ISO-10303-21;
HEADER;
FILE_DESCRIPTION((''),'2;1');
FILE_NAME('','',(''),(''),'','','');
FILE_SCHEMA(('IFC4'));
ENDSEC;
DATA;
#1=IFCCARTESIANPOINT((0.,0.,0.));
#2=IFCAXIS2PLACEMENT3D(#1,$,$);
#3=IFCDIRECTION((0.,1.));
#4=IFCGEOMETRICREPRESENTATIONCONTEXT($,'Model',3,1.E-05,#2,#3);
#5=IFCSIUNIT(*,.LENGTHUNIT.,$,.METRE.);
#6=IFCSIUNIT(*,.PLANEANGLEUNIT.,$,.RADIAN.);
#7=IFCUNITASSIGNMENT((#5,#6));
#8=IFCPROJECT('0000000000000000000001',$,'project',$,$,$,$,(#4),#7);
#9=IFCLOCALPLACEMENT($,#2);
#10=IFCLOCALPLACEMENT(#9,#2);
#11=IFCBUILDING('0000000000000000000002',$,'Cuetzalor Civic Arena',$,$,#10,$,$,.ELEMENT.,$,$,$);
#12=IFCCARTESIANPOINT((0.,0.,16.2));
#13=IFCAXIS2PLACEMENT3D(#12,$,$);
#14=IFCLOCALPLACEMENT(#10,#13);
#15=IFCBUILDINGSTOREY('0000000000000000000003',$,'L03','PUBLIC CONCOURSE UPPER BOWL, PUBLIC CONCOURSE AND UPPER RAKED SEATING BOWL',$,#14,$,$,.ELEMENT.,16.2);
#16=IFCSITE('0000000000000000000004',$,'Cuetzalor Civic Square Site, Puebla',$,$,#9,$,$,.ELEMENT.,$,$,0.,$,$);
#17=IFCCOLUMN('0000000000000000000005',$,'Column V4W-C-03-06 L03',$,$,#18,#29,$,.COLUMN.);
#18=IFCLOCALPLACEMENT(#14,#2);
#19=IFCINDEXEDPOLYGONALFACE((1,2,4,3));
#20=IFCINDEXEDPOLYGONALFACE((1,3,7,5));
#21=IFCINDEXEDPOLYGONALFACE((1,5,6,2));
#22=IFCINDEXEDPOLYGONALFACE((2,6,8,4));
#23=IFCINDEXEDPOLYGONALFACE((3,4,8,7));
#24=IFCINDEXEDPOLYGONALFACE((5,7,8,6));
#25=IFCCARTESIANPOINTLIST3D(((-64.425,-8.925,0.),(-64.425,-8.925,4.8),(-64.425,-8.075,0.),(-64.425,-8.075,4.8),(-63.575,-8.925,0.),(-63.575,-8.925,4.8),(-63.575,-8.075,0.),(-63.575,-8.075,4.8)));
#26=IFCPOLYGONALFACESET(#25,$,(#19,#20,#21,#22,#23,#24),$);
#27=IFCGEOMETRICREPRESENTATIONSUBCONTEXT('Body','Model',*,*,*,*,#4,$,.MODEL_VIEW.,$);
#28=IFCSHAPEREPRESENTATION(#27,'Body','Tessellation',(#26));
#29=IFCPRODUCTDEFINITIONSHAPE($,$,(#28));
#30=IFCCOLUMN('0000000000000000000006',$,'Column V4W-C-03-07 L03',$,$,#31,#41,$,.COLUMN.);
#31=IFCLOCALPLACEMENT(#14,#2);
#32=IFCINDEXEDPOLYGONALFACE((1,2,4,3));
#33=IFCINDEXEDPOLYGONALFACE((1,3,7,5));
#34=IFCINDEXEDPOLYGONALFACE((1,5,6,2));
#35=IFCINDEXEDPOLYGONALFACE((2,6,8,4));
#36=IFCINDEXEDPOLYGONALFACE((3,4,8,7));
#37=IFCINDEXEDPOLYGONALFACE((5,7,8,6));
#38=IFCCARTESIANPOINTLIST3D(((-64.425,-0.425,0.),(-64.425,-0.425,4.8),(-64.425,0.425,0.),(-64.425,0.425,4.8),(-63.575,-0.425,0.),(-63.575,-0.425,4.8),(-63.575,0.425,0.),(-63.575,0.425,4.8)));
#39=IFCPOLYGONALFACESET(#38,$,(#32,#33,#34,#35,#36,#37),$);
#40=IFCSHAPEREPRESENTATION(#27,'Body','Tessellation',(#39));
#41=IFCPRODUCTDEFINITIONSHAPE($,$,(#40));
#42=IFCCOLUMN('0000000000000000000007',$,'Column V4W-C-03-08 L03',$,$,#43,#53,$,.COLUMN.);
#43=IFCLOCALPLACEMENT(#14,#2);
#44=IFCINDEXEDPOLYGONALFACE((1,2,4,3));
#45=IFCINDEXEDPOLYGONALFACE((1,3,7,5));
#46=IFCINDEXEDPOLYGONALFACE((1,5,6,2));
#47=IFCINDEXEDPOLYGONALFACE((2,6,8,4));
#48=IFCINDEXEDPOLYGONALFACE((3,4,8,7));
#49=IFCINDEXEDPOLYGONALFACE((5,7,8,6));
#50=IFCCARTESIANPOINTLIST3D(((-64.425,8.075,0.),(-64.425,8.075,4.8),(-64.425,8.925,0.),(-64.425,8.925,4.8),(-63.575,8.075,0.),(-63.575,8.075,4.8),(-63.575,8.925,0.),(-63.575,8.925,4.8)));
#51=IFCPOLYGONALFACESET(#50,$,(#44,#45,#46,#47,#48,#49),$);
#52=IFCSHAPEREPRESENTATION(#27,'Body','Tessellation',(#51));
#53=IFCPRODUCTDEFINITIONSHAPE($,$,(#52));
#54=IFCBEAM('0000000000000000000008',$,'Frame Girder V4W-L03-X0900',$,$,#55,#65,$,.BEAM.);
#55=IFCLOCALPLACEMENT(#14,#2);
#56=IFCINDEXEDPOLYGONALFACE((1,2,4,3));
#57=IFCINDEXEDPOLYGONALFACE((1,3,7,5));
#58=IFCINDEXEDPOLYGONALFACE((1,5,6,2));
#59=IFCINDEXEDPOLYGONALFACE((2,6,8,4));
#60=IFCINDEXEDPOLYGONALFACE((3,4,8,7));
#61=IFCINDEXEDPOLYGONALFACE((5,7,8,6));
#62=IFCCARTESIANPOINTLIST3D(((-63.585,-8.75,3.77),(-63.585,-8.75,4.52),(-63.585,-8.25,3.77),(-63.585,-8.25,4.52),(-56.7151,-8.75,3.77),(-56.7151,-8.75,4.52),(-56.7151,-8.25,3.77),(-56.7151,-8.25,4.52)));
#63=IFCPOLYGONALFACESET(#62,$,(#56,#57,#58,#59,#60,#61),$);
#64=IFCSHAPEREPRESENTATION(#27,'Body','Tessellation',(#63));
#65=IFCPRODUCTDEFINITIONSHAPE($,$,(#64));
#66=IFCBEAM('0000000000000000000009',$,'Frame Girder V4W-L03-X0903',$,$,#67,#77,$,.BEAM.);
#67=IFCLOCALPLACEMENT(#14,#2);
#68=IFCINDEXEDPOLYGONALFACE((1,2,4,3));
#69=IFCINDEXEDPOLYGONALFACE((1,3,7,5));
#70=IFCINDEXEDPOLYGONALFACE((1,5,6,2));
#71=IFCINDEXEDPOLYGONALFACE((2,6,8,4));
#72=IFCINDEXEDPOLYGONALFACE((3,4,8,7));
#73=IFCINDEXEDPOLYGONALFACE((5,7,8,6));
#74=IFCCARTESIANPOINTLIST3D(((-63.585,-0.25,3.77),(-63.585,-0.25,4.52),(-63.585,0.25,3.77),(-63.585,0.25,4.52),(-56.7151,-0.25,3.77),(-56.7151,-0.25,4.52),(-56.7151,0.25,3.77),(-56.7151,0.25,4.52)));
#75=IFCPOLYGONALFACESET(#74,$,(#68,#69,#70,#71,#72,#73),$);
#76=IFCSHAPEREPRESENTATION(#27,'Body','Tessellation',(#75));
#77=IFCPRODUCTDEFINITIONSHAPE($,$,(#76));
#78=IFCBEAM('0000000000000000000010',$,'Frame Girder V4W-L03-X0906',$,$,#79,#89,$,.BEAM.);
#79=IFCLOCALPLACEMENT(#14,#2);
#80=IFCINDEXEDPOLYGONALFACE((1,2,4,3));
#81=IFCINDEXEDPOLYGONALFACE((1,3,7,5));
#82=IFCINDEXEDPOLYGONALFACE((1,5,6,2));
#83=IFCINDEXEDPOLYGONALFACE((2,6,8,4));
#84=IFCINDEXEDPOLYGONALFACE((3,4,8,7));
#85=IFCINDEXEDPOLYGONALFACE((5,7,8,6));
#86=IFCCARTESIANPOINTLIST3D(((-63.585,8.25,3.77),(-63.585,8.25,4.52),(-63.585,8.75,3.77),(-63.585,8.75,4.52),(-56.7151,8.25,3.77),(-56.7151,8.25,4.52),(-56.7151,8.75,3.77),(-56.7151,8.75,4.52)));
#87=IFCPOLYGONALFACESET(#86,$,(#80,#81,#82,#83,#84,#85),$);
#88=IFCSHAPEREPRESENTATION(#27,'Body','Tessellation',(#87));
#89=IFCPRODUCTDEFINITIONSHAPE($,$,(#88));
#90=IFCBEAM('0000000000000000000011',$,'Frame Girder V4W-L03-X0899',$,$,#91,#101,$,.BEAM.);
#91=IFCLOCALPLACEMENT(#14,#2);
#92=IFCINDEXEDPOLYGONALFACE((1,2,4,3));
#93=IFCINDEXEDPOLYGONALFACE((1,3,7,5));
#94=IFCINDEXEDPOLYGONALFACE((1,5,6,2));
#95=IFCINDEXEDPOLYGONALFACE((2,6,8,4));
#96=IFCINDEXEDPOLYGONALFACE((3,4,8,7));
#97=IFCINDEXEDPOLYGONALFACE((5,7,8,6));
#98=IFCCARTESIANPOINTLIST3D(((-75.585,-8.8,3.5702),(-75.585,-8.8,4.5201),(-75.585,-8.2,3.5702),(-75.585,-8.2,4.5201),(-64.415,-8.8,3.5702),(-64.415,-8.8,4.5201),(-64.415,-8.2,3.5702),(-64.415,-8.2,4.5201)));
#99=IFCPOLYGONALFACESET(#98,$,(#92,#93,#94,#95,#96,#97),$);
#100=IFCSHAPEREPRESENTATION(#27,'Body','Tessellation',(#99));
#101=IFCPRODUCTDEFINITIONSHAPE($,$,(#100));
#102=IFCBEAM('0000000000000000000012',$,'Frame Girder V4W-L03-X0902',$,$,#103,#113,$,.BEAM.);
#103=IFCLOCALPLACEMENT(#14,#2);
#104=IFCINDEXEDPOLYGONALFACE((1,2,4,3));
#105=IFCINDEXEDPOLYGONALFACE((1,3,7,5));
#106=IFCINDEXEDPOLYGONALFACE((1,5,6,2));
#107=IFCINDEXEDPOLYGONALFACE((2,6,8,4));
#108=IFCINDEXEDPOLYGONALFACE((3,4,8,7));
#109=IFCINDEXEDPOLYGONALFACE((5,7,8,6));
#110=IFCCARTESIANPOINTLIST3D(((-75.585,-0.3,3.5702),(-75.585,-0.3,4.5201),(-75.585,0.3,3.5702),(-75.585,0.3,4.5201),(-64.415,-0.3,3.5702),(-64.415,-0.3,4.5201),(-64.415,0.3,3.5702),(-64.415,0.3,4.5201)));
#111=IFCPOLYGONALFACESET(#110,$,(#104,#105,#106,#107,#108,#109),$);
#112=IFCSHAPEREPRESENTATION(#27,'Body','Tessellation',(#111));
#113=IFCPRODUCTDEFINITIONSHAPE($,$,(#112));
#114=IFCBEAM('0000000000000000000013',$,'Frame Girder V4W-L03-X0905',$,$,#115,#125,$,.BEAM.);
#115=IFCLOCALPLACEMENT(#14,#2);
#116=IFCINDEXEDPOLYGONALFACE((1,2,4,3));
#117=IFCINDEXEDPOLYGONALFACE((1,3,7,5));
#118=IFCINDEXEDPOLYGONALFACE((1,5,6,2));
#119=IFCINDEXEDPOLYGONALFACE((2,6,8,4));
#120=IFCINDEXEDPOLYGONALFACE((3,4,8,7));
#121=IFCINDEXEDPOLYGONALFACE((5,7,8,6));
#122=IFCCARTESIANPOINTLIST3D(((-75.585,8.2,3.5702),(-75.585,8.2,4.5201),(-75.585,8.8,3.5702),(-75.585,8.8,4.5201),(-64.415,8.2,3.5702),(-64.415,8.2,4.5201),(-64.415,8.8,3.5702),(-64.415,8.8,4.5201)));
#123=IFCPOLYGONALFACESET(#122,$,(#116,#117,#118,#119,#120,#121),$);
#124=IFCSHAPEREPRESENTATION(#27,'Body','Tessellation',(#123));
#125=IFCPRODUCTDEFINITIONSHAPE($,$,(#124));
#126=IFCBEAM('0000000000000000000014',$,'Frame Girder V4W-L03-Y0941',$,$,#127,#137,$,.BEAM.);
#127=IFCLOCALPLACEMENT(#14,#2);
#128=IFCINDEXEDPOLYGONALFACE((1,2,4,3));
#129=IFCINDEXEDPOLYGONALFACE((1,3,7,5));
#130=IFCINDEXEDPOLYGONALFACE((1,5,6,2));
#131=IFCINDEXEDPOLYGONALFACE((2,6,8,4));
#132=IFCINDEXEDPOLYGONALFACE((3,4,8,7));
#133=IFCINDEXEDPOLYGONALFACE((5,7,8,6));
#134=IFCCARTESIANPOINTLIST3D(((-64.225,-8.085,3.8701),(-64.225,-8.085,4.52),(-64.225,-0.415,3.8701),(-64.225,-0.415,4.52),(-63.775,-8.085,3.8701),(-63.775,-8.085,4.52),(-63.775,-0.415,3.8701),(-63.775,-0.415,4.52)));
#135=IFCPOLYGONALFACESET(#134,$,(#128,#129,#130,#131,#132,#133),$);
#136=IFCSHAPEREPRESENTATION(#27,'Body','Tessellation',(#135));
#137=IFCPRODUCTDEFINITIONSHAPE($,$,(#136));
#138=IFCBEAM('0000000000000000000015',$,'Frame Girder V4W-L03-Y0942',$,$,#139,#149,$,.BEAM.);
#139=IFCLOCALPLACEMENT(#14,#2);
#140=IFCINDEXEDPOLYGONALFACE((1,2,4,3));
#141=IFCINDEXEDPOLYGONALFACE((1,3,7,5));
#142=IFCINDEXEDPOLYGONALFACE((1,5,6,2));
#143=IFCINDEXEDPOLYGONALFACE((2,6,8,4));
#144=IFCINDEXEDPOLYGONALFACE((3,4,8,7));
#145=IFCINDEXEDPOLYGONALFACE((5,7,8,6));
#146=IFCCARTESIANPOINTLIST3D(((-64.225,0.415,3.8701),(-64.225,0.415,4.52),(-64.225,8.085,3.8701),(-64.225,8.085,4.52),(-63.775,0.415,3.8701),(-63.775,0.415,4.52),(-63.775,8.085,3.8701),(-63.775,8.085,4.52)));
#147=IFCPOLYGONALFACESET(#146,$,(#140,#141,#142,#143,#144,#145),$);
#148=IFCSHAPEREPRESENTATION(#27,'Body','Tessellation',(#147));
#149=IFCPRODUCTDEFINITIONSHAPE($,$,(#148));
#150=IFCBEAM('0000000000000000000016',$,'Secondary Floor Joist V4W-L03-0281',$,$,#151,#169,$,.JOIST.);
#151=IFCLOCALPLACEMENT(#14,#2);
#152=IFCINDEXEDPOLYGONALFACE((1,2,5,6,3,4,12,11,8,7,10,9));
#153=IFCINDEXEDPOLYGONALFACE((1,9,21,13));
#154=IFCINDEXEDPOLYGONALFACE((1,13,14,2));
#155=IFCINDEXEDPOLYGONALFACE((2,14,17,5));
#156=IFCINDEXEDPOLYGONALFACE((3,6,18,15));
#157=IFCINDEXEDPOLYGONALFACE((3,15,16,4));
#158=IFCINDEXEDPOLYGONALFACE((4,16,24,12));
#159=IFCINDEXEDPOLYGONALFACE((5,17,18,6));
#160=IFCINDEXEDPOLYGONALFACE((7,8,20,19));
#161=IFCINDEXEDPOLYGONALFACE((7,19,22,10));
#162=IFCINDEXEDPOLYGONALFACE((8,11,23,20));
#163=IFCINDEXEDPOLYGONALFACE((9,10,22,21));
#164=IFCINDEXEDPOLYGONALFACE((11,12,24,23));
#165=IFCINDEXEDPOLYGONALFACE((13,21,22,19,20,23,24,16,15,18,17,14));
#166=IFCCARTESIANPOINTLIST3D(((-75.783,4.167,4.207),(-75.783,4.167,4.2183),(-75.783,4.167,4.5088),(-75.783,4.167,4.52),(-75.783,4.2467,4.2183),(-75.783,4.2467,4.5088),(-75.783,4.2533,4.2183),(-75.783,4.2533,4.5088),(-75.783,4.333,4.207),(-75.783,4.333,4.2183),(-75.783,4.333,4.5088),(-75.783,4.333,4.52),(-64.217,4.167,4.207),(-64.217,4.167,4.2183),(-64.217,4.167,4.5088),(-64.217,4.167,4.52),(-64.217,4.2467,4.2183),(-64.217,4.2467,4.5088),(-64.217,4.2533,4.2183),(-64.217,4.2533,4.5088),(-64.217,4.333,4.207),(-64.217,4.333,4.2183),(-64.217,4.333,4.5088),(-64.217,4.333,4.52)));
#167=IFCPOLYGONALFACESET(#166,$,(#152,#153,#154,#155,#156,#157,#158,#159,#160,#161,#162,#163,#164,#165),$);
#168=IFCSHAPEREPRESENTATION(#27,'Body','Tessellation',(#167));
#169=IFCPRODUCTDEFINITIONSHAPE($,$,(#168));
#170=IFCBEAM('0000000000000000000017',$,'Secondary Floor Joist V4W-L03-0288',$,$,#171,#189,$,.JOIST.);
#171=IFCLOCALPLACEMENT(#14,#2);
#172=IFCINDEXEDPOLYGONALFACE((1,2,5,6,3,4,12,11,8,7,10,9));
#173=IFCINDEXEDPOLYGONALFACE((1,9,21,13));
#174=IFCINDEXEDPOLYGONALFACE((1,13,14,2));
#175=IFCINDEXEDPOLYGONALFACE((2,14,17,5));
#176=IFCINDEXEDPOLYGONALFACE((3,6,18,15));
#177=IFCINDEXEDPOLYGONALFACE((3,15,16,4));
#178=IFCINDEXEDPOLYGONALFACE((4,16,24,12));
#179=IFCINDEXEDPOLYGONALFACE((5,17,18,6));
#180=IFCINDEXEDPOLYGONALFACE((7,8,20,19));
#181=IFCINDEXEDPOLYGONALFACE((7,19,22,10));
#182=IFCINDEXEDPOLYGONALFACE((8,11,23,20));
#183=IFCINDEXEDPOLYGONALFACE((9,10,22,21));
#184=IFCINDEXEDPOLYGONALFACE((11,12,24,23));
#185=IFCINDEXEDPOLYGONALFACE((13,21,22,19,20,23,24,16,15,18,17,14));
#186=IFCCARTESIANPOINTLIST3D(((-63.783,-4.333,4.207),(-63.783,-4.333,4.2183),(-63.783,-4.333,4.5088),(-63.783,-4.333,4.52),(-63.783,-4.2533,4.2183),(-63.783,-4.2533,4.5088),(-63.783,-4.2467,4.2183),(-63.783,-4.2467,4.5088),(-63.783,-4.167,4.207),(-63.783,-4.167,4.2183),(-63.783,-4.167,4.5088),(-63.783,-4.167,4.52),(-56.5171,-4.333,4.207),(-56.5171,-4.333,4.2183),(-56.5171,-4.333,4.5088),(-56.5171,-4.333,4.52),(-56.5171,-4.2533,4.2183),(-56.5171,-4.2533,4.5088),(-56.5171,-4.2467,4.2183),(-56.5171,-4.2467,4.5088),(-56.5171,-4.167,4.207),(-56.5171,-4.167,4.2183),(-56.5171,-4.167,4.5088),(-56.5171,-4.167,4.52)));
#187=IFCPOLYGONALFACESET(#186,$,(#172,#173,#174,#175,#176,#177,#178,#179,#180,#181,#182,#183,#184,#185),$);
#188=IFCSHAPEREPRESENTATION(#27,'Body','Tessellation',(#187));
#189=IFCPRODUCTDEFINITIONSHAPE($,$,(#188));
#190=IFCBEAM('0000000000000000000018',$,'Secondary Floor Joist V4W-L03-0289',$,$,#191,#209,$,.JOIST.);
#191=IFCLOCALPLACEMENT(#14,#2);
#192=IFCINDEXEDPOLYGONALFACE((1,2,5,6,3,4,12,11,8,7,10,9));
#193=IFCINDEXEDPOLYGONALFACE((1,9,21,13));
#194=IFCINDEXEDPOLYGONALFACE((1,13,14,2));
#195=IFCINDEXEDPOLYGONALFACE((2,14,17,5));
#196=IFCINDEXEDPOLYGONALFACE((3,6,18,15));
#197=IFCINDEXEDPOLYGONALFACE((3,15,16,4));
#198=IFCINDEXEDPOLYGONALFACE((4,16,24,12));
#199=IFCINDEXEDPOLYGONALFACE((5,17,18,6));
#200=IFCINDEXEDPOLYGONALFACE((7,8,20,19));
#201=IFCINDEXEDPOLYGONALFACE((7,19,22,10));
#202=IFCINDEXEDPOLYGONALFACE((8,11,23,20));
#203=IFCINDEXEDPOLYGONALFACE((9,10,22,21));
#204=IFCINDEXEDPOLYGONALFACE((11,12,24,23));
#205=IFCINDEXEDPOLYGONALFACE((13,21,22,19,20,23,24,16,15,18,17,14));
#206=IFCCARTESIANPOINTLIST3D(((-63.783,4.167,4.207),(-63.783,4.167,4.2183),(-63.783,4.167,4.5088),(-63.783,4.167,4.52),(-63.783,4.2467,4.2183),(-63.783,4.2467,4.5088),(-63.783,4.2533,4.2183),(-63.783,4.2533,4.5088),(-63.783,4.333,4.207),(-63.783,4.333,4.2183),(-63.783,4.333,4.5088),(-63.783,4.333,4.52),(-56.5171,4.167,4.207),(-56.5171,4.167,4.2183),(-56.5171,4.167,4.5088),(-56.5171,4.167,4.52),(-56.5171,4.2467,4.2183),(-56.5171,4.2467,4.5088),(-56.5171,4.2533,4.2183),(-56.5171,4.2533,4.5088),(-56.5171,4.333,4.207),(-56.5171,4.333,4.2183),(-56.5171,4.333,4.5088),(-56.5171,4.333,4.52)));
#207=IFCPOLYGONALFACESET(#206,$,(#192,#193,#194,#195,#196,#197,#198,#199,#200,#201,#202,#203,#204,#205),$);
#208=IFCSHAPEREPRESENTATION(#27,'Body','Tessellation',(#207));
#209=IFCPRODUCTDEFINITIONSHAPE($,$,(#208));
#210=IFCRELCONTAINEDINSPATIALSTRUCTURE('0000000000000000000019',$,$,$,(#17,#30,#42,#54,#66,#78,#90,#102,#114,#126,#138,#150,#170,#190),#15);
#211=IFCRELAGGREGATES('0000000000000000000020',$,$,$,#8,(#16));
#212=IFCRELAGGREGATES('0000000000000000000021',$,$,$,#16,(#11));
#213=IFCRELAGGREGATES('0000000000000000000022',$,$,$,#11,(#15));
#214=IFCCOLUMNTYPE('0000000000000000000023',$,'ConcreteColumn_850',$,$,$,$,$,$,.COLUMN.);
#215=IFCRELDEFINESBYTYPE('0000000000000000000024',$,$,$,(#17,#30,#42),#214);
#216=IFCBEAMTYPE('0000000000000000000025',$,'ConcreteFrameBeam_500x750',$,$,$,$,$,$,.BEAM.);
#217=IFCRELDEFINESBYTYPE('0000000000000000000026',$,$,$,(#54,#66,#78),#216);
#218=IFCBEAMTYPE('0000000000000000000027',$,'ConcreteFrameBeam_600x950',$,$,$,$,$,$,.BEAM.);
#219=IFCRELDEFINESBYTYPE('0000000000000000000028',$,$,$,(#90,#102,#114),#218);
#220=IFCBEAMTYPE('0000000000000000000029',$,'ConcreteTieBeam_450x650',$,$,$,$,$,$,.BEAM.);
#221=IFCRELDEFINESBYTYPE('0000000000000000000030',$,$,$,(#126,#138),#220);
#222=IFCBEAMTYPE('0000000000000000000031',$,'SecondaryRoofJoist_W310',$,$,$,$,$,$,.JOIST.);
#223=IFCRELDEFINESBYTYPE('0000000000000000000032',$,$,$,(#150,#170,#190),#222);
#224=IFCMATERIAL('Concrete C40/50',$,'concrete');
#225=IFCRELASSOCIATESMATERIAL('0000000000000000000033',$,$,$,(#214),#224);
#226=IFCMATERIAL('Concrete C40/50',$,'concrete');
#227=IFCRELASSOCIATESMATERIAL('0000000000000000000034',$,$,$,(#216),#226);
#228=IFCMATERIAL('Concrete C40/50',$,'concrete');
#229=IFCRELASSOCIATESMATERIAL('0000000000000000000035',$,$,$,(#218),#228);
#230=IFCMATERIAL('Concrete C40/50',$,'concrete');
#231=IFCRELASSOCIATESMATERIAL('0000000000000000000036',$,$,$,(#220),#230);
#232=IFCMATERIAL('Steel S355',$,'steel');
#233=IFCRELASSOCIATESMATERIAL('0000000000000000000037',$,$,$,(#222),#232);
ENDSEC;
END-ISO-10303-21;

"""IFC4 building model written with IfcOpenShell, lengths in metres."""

from ifc_helpers import new_model, si_unit, direction, frame, origin, origin_2d, place, context, subcontext, project, spatial, rectangle, i_section, extrude, material, material_profile, profile_set, type_object, element, save


model = new_model("IFC4")

# Units and contexts
model_context = context("Model", 3, precision=1e-05, world=origin(), true_north=direction((0.0, 1.0)))
body_context = subcontext(model_context, "Body", "Model", "MODEL_VIEW")
ifc_project = project(units=[si_unit("LENGTHUNIT", "METRE"), si_unit("PLANEANGLEUNIT", "RADIAN")], contexts=[model_context])

# Site, building, storey
site_placement = place(None, origin())
site = spatial("IfcSite", under=ifc_project, at=site_placement, Name="Cuetzalor Civic Square Site, Puebla", CompositionType="ELEMENT", RefElevation=0.0)
building_placement = place(site_placement, origin())
building = spatial("IfcBuilding", under=site, at=building_placement, Name="Cuetzalor Civic Arena", CompositionType="ELEMENT")
storey_placement = place(building_placement, frame((0.0, 0.0, 16.2)))
storey = spatial("IfcBuildingStorey", under=building, at=storey_placement, Name="L03", Description="PUBLIC CONCOURSE UPPER BOWL, PUBLIC CONCOURSE AND UPPER RAKED SEATING BOWL", CompositionType="ELEMENT", Elevation=16.2)

# Columns
ifc_material_1 = material(Name="Concrete C40/50", Category="concrete")
ifc_material_profile_1 = material_profile(ifc_material_1, rectangle(XDim=0.8501, YDim=0.8501, at=origin_2d()), Name="RC 850x850")
ifc_profile_set_1 = profile_set([ifc_material_profile_1], Name="Concrete C40/50")
column_type = type_object("IfcColumnType", Name="ConcreteColumn_850", PredefinedType="COLUMN", material=ifc_profile_set_1)
for number, where, z_axis, x_axis, name in (
    (1, (-64.0, -8.5, 0.0), (0.0, 0.0, 1.0), (1.0, 0.0, 0.0), "Column V4W-C-03-06 L03"),
    (2, (-64.0, 0.0, 0.0), (0.0, 0.0, 1.0), (1.0, 0.0, 0.0), "Column V4W-C-03-07 L03"),
    (3, (-64.0, 8.5, 0.0), (0.0, 0.0, 1.0), (1.0, 0.0, 0.0), "Column V4W-C-03-08 L03"),
):
    element("IfcColumn", number, at=place(storey_placement, frame(where, z_axis=z_axis, x_axis=x_axis)), inside=storey, type_object=column_type, Name=name, PredefinedType="COLUMN", context=body_context, shape_type="SweptSolid", body=[
        extrude(rectangle(XDim=0.8501, YDim=0.8501, at=origin_2d()), origin(), (0.0, 0.0, 1.0), 4.8),
    ])

# Beams
ifc_material_2 = material(Name="Concrete C40/50", Category="concrete")
ifc_material_profile_2 = material_profile(ifc_material_2, rectangle(XDim=0.5, YDim=0.75, at=origin_2d()), Name="RC 500x750")
ifc_profile_set_2 = profile_set([ifc_material_profile_2], Name="Concrete C40/50")
beam_type_1 = type_object("IfcBeamType", Name="ConcreteFrameBeam_500x750", PredefinedType="BEAM", material=ifc_profile_set_2)
for number, where, z_axis, x_axis, name in (
    (4, (-63.585, -8.5, 4.145), (1.0, 0.0, 0.0), (0.0, 1.0, 0.0), "Frame Girder V4W-L03-X0900"),
    (5, (-63.585, 0.0, 4.145), (1.0, 0.0, 0.0), (0.0, 1.0, 0.0), "Frame Girder V4W-L03-X0903"),
    (6, (-63.585, 8.5, 4.145), (1.0, 0.0, 0.0), (0.0, 1.0, 0.0), "Frame Girder V4W-L03-X0906"),
):
    element("IfcBeam", number, at=place(storey_placement, frame(where, z_axis=z_axis, x_axis=x_axis)), inside=storey, type_object=beam_type_1, Name=name, PredefinedType="BEAM", context=body_context, shape_type="SweptSolid", body=[
        extrude(rectangle(XDim=0.5, YDim=0.75, at=origin_2d()), origin(), (0.0, 0.0, 1.0), 6.8699),
    ])
ifc_material_3 = material(Name="Concrete C40/50", Category="concrete")
ifc_material_profile_3 = material_profile(ifc_material_3, rectangle(XDim=0.6001, YDim=0.95, at=origin_2d()), Name="RC 600x950")
ifc_profile_set_3 = profile_set([ifc_material_profile_3], Name="Concrete C40/50")
beam_type_2 = type_object("IfcBeamType", Name="ConcreteFrameBeam_600x950", PredefinedType="BEAM", material=ifc_profile_set_3)
for number, where, z_axis, x_axis, name in (
    (7, (-75.585, -8.5, 4.0452), (1.0, 0.0, 0.0), (0.0, 1.0, 0.0), "Frame Girder V4W-L03-X0899"),
    (8, (-75.585, 0.0, 4.0452), (1.0, 0.0, 0.0), (0.0, 1.0, 0.0), "Frame Girder V4W-L03-X0902"),
    (9, (-75.585, 8.5, 4.0452), (1.0, 0.0, 0.0), (0.0, 1.0, 0.0), "Frame Girder V4W-L03-X0905"),
):
    element("IfcBeam", number, at=place(storey_placement, frame(where, z_axis=z_axis, x_axis=x_axis)), inside=storey, type_object=beam_type_2, Name=name, PredefinedType="BEAM", context=body_context, shape_type="SweptSolid", body=[
        extrude(rectangle(XDim=0.6001, YDim=0.95, at=origin_2d()), origin(), (0.0, 0.0, 1.0), 11.1699),
    ])
ifc_material_4 = material(Name="Concrete C40/50", Category="concrete")
ifc_material_profile_4 = material_profile(ifc_material_4, rectangle(XDim=0.45, YDim=0.6499, at=origin_2d()), Name="RC 450x650")
ifc_profile_set_4 = profile_set([ifc_material_profile_4], Name="Concrete C40/50")
beam_type_3 = type_object("IfcBeamType", Name="ConcreteTieBeam_450x650", PredefinedType="BEAM", material=ifc_profile_set_4)
for number, where, z_axis, x_axis, name in (
    (10, (-64.0, -8.085, 4.1951), (0.0, 1.0, 0.0), (-1.0, 0.0, 0.0), "Frame Girder V4W-L03-Y0941"),
    (11, (-64.0, 0.415, 4.1951), (0.0, 1.0, 0.0), (-1.0, 0.0, 0.0), "Frame Girder V4W-L03-Y0942"),
):
    element("IfcBeam", number, at=place(storey_placement, frame(where, z_axis=z_axis, x_axis=x_axis)), inside=storey, type_object=beam_type_3, Name=name, PredefinedType="BEAM", context=body_context, shape_type="SweptSolid", body=[
        extrude(rectangle(XDim=0.45, YDim=0.6499, at=origin_2d()), origin(), (0.0, 0.0, 1.0), 7.6699),
    ])
ifc_material_5 = material(Name="Steel S355", Category="steel")
ifc_material_profile_5 = material_profile(ifc_material_5, i_section(OverallWidth=0.166, OverallDepth=0.313, WebThickness=0.0066, FlangeThickness=0.0112, at=origin_2d()), Name="W310x45")
ifc_profile_set_5 = profile_set([ifc_material_profile_5], Name="Steel S355")
beam_type_4 = type_object("IfcBeamType", Name="SecondaryRoofJoist_W310", PredefinedType="JOIST", material=ifc_profile_set_5)
beam_placement = place(storey_placement, frame((-75.783, 4.25, 4.3635), z_axis=(1.0, 0.0, 0.0), x_axis=(0.0, 1.0, 0.0)))
element("IfcBeam", 12, at=beam_placement, inside=storey, type_object=beam_type_4, Name="Secondary Floor Joist V4W-L03-0281", PredefinedType="JOIST", context=body_context, shape_type="SweptSolid", body=[
    extrude(i_section(OverallWidth=0.166, OverallDepth=0.313, WebThickness=0.0066, FlangeThickness=0.0112, at=origin_2d()), origin(), (0.0, 0.0, 1.0), 11.5659),
])
for number, where, z_axis, x_axis, name in (
    (13, (-63.783, -4.25, 4.3635), (1.0, 0.0, 0.0), (0.0, 1.0, 0.0), "Secondary Floor Joist V4W-L03-0288"),
    (14, (-63.783, 4.25, 4.3635), (1.0, 0.0, 0.0), (0.0, 1.0, 0.0), "Secondary Floor Joist V4W-L03-0289"),
):
    element("IfcBeam", number, at=place(storey_placement, frame(where, z_axis=z_axis, x_axis=x_axis)), inside=storey, type_object=beam_type_4, Name=name, PredefinedType="JOIST", context=body_context, shape_type="SweptSolid", body=[
        extrude(i_section(OverallWidth=0.166, OverallDepth=0.313, WebThickness=0.0066, FlangeThickness=0.0112, at=origin_2d()), origin(), (0.0, 0.0, 1.0), 7.2659),
    ])

save(model, "model.ifc")
